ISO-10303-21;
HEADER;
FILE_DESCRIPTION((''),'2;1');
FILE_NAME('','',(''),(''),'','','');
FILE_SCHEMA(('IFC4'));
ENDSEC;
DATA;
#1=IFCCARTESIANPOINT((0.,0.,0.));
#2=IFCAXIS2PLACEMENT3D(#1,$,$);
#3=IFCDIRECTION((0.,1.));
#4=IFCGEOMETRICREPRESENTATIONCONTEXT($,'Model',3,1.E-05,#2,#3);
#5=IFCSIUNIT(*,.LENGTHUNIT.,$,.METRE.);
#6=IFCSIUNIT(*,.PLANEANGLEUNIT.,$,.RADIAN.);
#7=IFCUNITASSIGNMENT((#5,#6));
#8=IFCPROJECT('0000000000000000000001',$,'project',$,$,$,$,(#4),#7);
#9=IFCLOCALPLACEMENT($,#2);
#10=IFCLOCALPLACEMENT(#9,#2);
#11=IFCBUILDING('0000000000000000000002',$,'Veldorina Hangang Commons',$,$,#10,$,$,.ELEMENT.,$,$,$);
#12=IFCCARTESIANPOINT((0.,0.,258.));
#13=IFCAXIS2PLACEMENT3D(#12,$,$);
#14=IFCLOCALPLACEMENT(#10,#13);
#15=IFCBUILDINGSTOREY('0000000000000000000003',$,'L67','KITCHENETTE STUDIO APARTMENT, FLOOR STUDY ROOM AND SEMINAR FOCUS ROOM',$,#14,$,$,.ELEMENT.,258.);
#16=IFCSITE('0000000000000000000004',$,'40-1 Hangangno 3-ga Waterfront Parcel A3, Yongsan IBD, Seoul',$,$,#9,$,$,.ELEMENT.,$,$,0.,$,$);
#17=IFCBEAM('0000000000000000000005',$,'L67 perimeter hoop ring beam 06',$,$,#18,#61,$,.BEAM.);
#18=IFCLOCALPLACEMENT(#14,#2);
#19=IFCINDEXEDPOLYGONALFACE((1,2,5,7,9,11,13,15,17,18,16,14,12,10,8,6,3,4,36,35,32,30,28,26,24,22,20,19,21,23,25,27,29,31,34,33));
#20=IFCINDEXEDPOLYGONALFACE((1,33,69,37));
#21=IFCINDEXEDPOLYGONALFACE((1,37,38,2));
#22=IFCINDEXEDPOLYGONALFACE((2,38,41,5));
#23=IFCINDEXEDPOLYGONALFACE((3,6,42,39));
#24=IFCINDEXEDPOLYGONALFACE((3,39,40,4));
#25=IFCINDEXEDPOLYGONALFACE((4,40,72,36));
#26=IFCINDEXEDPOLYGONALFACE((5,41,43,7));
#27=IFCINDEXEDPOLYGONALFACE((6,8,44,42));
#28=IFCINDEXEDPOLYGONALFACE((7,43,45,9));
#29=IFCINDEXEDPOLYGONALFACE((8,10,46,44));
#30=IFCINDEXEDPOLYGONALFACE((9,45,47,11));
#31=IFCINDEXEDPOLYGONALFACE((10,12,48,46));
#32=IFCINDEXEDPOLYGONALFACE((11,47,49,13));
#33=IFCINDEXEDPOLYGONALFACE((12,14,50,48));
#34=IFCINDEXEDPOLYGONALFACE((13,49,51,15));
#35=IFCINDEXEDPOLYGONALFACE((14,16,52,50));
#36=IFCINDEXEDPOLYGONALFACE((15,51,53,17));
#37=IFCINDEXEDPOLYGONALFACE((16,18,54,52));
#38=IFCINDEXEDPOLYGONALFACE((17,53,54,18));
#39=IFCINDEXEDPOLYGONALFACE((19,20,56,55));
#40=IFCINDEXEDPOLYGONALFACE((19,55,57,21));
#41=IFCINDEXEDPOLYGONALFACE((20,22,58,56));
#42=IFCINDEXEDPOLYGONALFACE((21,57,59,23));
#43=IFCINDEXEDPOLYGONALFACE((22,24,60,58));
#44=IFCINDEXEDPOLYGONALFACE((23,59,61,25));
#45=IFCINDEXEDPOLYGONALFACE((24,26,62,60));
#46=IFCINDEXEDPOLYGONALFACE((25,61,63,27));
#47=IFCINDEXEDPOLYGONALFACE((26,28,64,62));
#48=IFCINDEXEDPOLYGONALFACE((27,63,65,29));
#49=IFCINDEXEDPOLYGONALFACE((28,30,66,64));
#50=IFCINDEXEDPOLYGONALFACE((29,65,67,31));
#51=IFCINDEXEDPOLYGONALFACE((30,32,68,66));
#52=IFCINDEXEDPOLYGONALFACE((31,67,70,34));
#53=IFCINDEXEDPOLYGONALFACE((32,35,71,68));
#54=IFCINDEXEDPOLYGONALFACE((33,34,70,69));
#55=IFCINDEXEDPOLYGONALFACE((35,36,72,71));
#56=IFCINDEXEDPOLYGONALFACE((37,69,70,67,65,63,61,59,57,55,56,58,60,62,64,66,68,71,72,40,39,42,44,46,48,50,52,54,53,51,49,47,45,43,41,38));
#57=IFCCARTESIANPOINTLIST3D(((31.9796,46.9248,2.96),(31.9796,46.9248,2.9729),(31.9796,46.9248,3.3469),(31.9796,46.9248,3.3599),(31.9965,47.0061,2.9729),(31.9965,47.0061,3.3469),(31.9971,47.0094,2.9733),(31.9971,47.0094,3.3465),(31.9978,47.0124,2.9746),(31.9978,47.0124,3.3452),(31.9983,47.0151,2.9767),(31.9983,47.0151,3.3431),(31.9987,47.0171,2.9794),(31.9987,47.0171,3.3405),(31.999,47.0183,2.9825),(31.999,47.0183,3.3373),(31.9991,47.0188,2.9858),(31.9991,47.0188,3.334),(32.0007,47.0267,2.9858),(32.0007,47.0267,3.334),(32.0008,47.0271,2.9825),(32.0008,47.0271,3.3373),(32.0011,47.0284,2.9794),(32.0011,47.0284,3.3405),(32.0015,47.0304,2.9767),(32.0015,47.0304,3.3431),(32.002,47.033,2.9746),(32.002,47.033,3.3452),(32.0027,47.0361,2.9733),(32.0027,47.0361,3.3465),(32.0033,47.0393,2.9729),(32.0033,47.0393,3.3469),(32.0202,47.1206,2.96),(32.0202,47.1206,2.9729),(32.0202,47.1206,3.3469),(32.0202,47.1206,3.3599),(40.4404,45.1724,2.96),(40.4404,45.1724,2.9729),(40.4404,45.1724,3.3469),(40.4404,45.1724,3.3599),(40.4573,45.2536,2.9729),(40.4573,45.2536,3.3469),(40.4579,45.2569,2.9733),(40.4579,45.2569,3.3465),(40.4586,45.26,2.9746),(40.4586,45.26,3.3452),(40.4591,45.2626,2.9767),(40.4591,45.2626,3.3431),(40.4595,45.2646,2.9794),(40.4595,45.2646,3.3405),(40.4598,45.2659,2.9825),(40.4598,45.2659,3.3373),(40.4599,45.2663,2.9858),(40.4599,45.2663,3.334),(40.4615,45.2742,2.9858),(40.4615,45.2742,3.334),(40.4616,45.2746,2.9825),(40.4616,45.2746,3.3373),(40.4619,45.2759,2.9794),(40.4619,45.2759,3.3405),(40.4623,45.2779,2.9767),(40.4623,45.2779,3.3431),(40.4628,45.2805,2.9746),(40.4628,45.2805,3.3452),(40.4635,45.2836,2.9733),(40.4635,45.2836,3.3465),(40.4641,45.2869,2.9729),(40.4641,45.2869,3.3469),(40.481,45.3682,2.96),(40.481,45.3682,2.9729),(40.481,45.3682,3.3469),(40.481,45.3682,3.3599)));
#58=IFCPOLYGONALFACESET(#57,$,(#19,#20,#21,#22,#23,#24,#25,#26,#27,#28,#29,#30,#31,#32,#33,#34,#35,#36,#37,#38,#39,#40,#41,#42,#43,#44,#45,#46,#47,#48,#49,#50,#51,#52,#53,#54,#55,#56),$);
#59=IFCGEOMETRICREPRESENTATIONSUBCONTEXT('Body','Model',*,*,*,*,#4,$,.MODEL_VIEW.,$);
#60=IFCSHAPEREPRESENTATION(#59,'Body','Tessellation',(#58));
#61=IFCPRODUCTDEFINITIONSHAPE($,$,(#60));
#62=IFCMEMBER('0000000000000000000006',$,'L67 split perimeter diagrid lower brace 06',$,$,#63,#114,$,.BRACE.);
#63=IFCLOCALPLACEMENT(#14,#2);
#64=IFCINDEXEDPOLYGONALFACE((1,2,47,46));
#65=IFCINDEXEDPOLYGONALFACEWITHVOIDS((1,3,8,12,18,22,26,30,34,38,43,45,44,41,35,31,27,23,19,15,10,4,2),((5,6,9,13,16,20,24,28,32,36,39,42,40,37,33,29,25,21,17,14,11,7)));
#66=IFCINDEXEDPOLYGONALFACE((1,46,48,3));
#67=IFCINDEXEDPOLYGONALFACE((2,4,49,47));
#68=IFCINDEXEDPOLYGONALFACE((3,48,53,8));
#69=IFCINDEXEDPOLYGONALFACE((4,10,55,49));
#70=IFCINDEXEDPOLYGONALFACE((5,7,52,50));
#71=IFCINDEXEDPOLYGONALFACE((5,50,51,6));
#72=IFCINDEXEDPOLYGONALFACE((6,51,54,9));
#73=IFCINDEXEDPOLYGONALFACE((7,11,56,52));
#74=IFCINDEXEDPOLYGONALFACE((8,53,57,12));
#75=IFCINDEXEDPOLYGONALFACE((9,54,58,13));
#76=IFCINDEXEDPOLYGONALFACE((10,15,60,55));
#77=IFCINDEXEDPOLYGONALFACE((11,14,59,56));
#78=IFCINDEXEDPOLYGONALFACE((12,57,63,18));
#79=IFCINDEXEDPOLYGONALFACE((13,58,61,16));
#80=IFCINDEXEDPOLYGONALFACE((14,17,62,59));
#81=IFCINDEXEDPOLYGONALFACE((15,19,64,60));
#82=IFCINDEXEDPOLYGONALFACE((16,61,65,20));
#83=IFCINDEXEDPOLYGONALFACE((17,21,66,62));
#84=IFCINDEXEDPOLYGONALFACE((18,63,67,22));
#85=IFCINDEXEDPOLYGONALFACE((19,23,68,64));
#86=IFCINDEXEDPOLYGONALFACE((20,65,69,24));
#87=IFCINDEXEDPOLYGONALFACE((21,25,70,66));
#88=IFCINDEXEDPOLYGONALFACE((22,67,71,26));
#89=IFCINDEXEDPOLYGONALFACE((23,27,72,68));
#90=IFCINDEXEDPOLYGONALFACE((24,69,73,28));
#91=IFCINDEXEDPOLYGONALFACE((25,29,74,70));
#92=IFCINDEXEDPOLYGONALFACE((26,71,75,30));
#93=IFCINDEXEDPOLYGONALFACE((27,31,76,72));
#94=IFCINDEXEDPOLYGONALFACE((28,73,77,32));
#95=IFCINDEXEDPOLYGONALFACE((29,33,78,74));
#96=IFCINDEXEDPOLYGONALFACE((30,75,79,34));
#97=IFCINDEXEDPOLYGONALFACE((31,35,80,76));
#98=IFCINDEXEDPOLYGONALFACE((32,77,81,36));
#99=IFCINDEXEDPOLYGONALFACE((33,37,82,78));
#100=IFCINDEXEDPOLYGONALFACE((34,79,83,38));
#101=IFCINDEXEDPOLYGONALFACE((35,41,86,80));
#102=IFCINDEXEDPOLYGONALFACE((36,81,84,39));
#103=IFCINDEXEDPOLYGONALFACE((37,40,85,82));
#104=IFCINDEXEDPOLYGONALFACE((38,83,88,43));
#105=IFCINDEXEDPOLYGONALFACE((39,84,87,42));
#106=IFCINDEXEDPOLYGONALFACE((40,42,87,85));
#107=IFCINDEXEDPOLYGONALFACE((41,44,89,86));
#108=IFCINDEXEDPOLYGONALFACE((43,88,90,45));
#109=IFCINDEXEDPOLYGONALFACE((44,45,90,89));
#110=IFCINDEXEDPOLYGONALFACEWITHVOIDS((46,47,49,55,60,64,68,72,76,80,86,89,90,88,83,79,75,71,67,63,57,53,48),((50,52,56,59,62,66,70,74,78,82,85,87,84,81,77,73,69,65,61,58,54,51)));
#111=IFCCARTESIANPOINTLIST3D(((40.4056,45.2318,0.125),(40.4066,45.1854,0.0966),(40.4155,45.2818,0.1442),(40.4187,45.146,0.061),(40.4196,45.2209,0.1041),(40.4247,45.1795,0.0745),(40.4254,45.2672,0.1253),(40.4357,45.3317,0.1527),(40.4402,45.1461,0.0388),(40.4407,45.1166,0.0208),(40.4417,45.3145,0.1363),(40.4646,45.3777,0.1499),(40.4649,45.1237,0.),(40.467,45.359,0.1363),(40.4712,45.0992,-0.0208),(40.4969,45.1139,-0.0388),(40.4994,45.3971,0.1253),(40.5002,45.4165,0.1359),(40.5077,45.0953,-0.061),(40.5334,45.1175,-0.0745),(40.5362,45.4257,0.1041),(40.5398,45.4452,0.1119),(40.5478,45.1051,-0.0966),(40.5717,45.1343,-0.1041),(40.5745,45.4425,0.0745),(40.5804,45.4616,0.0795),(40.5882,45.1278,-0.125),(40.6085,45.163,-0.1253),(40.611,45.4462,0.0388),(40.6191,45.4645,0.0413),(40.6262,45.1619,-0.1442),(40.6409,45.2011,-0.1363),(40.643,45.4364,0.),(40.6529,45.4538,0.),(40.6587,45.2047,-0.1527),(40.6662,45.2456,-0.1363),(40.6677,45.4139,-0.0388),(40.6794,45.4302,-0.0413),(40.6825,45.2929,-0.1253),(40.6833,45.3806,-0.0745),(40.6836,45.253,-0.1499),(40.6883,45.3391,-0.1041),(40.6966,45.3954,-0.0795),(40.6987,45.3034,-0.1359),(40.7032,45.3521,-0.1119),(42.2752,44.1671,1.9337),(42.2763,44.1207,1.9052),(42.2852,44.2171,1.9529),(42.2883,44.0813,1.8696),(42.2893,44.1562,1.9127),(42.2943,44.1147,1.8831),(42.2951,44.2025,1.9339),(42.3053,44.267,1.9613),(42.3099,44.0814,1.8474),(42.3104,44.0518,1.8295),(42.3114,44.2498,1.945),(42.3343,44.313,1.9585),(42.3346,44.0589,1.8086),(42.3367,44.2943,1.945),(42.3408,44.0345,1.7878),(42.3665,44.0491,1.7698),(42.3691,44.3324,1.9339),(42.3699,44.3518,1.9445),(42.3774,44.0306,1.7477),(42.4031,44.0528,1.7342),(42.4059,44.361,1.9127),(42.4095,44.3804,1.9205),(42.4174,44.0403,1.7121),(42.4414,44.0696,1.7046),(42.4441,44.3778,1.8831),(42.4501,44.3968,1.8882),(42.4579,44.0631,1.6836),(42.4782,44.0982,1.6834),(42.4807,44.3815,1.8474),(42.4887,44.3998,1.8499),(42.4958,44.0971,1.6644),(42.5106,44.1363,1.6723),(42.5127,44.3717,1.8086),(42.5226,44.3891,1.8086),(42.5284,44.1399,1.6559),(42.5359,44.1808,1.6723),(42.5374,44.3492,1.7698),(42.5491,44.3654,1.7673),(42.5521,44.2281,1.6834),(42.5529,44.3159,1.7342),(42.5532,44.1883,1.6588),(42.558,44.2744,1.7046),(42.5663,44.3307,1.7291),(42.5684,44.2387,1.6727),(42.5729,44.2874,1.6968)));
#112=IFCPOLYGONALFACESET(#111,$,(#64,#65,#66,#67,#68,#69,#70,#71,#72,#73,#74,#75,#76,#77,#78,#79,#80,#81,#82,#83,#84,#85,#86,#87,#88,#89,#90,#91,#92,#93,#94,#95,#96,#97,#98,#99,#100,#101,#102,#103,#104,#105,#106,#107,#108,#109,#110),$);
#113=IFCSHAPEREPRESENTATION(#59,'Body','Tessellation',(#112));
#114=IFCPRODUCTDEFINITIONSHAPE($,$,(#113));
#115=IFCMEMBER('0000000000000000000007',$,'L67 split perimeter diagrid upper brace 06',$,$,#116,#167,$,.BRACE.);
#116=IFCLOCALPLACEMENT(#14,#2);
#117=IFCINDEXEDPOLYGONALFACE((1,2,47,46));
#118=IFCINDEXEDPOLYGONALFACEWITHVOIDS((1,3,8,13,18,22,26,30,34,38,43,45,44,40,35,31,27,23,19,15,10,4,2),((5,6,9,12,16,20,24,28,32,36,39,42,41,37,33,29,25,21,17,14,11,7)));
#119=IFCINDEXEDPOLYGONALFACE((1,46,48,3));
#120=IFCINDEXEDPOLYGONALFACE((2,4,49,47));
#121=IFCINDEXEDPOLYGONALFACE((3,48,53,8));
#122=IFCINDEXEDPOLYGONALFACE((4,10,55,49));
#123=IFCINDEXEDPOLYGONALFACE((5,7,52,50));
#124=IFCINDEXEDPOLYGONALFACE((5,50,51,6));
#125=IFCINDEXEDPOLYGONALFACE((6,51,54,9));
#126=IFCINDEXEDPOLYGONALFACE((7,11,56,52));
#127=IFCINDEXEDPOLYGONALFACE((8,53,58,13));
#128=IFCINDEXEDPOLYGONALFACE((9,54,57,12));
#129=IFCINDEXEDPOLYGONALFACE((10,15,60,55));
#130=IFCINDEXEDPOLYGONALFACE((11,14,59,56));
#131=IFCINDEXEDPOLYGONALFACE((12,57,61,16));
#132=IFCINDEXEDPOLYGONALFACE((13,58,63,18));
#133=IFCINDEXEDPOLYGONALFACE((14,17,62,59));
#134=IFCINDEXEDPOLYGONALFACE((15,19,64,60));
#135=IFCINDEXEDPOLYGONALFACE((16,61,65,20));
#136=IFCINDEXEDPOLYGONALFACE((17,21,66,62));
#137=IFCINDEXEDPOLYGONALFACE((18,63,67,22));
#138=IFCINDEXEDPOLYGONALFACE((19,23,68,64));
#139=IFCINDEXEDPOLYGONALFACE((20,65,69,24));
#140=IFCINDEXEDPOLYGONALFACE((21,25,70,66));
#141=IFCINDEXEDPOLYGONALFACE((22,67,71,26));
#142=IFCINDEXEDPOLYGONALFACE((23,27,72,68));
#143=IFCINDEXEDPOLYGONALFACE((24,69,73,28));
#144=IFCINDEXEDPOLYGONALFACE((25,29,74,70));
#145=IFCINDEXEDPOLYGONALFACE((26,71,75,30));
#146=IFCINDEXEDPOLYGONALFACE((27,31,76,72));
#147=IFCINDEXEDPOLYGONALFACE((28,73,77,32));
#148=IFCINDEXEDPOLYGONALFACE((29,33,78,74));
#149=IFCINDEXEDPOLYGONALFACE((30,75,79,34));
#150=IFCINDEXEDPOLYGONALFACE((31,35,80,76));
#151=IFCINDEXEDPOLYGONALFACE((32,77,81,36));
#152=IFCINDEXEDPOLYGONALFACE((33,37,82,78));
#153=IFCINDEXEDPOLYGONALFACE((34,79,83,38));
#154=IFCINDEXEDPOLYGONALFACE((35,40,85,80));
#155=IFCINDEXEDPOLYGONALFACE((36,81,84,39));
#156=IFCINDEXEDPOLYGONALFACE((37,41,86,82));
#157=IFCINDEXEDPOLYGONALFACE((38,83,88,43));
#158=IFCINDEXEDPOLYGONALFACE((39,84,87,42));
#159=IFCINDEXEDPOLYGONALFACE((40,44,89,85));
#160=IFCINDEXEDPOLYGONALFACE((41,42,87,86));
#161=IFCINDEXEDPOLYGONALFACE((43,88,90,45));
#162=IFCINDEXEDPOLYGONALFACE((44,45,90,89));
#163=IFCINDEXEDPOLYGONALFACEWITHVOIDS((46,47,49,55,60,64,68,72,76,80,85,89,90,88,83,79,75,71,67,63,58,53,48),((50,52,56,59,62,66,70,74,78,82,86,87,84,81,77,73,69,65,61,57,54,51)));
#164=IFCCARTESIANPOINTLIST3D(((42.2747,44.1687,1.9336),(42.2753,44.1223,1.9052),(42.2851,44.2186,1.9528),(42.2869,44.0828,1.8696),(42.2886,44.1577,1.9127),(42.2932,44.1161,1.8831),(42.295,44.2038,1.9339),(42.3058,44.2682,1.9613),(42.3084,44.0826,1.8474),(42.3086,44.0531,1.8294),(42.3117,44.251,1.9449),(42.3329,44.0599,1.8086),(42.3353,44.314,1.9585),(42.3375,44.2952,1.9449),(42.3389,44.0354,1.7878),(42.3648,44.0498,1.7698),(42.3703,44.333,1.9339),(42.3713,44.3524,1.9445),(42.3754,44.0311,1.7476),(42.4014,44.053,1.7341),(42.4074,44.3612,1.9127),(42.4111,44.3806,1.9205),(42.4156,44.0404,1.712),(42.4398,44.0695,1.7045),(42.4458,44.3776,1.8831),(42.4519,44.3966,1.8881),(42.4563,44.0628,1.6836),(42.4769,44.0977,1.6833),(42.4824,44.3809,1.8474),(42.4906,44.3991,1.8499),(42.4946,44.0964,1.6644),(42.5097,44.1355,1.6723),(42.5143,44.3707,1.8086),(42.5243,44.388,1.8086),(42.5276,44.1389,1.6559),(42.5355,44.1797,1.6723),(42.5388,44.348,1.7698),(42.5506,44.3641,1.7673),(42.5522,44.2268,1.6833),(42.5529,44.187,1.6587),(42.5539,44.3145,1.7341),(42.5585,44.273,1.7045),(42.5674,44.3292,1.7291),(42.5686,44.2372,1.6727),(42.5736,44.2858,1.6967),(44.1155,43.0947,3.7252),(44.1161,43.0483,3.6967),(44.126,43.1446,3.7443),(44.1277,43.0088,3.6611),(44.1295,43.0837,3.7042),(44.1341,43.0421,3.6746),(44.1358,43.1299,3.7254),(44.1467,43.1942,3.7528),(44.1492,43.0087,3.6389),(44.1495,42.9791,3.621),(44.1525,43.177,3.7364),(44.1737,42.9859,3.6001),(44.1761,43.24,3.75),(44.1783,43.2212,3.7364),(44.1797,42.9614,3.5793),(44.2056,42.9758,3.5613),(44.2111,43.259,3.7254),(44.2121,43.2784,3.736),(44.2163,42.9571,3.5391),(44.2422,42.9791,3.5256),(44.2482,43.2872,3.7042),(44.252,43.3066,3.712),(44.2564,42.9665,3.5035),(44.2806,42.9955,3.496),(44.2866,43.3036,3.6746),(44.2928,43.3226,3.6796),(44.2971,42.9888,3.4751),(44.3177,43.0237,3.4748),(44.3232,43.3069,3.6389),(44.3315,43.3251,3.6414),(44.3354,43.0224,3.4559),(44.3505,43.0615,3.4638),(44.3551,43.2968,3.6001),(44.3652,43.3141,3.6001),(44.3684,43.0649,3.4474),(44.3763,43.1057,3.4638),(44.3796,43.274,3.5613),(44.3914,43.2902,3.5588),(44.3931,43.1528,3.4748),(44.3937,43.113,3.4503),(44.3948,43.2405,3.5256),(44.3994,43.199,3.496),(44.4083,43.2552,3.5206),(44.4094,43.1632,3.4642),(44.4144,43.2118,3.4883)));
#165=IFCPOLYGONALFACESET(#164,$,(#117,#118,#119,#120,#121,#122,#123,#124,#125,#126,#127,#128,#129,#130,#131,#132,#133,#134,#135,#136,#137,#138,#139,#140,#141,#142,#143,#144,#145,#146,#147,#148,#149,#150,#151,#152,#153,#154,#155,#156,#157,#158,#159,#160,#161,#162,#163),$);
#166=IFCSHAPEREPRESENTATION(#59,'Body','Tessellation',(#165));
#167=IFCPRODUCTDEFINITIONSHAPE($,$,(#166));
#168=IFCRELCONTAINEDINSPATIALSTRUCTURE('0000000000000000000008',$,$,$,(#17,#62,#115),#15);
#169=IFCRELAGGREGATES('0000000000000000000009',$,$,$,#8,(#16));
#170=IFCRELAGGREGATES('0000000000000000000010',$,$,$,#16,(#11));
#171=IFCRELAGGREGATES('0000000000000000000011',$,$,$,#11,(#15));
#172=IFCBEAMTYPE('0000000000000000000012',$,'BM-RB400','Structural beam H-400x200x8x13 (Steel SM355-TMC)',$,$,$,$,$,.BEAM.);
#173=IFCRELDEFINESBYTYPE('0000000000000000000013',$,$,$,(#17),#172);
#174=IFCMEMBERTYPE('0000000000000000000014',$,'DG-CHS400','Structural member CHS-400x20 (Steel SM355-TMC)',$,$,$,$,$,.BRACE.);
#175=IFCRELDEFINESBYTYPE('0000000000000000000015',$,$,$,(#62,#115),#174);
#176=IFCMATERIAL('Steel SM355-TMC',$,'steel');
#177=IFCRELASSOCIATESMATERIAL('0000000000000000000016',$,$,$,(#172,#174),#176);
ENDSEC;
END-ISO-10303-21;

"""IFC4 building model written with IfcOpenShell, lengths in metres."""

from ifc_helpers import new_model, si_unit, direction, frame, origin, origin_2d, place, context, subcontext, project, spatial, hollow_circle, i_section, extrude, material, material_profile, profile_set, type_object, element, save


model = new_model("IFC4")

# Units and contexts
model_context = context("Model", 3, precision=1e-05, world=origin(), true_north=direction((0.0, 1.0)))
body_context = subcontext(model_context, "Body", "Model", "MODEL_VIEW")
ifc_project = project(units=[si_unit("LENGTHUNIT", "METRE"), si_unit("PLANEANGLEUNIT", "RADIAN")], contexts=[model_context])

# Site, building, storey
site_placement = place(None, origin())
site = spatial("IfcSite", under=ifc_project, at=site_placement, Name="40-1 Hangangno 3-ga Waterfront Parcel A3, Yongsan IBD, Seoul", CompositionType="ELEMENT", RefElevation=0.0)
building_placement = place(site_placement, origin())
building = spatial("IfcBuilding", under=site, at=building_placement, Name="Veldorina Hangang Commons", CompositionType="ELEMENT")
storey_placement = place(building_placement, frame((0.0, 0.0, 258.0)))
storey = spatial("IfcBuildingStorey", under=building, at=storey_placement, Name="L67", Description="KITCHENETTE STUDIO APARTMENT, FLOOR STUDY ROOM AND SEMINAR FOCUS ROOM", CompositionType="ELEMENT", Elevation=258.0)

# Beam
ifc_material_1 = material(Name="Steel SM355-TMC", Category="steel")
ifc_material_profile_1 = material_profile(ifc_material_1, i_section(OverallWidth=0.2, OverallDepth=0.3999, WebThickness=0.0081, FlangeThickness=0.0129, FilletRadius=0.0129, at=origin_2d()), Name="H-400x200x8x13")
ifc_profile_set_1 = profile_set([ifc_material_profile_1], Name="Steel SM355-TMC")
beam_type = type_object("IfcBeamType", Name="BM-RB400", Description="Structural beam H-400x200x8x13 (Steel SM355-TMC)", PredefinedType="BEAM", material=ifc_profile_set_1)
beam_placement = place(storey_placement, frame((40.4607, 45.2703, 3.1599), z_axis=(-0.979216, 0.202822, 0.0), x_axis=(-0.202822, -0.979216, 0.0)))
element("IfcBeam", 1, at=beam_placement, inside=storey, type_object=beam_type, Name="L67 perimeter hoop ring beam 06", PredefinedType="BEAM", context=body_context, shape_type="SweptSolid", body=[
    extrude(i_section(OverallWidth=0.2, OverallDepth=0.3999, WebThickness=0.0081, FlangeThickness=0.0129, FilletRadius=0.0129, at=origin_2d()), origin(), (0.0, 0.0, 1.0), 8.6404),
])

# Members
ifc_material_profile_2 = material_profile(ifc_material_1, hollow_circle(Radius=0.2, WallThickness=0.02, at=origin_2d()), Name="CHS-400x20")
ifc_profile_set_2 = profile_set([ifc_material_profile_2], Name="Steel SM355-TMC")
member_type_1 = type_object("IfcMemberType", Name="DG-CHS400", Description="Structural member CHS-400x20 (Steel SM355-TMC)", PredefinedType="BRACE", material=ifc_profile_set_2)
member_1_placement = place(storey_placement, frame((40.554, 45.28, 0.0), z_axis=(0.66518, -0.3788, 0.643465), x_axis=(0.494855, 0.868975, 0.0)))
element("IfcMember", 2, at=member_1_placement, inside=storey, type_object=member_type_1, Name="L67 split perimeter diagrid lower brace 06", PredefinedType="BRACE", context=body_context, shape_type="SweptSolid", body=[
    extrude(hollow_circle(Radius=0.2, WallThickness=0.02, at=origin_2d()), origin(), (0.0, 0.0, 1.0), 2.8108),
])
member_2_placement = place(storey_placement, frame((42.4236, 44.2153, 1.8086), z_axis=(0.661177, -0.385745, 0.643464), x_axis=(0.503928, 0.863746, 0.0)))
element("IfcMember", 3, at=member_2_placement, inside=storey, type_object=member_type_1, Name="L67 split perimeter diagrid upper brace 06", PredefinedType="BRACE", context=body_context, shape_type="SweptSolid", body=[
    extrude(hollow_circle(Radius=0.2, WallThickness=0.02, at=origin_2d()), origin(), (0.0, 0.0, 1.0), 2.7842),
])

save(model, "model.ifc")
